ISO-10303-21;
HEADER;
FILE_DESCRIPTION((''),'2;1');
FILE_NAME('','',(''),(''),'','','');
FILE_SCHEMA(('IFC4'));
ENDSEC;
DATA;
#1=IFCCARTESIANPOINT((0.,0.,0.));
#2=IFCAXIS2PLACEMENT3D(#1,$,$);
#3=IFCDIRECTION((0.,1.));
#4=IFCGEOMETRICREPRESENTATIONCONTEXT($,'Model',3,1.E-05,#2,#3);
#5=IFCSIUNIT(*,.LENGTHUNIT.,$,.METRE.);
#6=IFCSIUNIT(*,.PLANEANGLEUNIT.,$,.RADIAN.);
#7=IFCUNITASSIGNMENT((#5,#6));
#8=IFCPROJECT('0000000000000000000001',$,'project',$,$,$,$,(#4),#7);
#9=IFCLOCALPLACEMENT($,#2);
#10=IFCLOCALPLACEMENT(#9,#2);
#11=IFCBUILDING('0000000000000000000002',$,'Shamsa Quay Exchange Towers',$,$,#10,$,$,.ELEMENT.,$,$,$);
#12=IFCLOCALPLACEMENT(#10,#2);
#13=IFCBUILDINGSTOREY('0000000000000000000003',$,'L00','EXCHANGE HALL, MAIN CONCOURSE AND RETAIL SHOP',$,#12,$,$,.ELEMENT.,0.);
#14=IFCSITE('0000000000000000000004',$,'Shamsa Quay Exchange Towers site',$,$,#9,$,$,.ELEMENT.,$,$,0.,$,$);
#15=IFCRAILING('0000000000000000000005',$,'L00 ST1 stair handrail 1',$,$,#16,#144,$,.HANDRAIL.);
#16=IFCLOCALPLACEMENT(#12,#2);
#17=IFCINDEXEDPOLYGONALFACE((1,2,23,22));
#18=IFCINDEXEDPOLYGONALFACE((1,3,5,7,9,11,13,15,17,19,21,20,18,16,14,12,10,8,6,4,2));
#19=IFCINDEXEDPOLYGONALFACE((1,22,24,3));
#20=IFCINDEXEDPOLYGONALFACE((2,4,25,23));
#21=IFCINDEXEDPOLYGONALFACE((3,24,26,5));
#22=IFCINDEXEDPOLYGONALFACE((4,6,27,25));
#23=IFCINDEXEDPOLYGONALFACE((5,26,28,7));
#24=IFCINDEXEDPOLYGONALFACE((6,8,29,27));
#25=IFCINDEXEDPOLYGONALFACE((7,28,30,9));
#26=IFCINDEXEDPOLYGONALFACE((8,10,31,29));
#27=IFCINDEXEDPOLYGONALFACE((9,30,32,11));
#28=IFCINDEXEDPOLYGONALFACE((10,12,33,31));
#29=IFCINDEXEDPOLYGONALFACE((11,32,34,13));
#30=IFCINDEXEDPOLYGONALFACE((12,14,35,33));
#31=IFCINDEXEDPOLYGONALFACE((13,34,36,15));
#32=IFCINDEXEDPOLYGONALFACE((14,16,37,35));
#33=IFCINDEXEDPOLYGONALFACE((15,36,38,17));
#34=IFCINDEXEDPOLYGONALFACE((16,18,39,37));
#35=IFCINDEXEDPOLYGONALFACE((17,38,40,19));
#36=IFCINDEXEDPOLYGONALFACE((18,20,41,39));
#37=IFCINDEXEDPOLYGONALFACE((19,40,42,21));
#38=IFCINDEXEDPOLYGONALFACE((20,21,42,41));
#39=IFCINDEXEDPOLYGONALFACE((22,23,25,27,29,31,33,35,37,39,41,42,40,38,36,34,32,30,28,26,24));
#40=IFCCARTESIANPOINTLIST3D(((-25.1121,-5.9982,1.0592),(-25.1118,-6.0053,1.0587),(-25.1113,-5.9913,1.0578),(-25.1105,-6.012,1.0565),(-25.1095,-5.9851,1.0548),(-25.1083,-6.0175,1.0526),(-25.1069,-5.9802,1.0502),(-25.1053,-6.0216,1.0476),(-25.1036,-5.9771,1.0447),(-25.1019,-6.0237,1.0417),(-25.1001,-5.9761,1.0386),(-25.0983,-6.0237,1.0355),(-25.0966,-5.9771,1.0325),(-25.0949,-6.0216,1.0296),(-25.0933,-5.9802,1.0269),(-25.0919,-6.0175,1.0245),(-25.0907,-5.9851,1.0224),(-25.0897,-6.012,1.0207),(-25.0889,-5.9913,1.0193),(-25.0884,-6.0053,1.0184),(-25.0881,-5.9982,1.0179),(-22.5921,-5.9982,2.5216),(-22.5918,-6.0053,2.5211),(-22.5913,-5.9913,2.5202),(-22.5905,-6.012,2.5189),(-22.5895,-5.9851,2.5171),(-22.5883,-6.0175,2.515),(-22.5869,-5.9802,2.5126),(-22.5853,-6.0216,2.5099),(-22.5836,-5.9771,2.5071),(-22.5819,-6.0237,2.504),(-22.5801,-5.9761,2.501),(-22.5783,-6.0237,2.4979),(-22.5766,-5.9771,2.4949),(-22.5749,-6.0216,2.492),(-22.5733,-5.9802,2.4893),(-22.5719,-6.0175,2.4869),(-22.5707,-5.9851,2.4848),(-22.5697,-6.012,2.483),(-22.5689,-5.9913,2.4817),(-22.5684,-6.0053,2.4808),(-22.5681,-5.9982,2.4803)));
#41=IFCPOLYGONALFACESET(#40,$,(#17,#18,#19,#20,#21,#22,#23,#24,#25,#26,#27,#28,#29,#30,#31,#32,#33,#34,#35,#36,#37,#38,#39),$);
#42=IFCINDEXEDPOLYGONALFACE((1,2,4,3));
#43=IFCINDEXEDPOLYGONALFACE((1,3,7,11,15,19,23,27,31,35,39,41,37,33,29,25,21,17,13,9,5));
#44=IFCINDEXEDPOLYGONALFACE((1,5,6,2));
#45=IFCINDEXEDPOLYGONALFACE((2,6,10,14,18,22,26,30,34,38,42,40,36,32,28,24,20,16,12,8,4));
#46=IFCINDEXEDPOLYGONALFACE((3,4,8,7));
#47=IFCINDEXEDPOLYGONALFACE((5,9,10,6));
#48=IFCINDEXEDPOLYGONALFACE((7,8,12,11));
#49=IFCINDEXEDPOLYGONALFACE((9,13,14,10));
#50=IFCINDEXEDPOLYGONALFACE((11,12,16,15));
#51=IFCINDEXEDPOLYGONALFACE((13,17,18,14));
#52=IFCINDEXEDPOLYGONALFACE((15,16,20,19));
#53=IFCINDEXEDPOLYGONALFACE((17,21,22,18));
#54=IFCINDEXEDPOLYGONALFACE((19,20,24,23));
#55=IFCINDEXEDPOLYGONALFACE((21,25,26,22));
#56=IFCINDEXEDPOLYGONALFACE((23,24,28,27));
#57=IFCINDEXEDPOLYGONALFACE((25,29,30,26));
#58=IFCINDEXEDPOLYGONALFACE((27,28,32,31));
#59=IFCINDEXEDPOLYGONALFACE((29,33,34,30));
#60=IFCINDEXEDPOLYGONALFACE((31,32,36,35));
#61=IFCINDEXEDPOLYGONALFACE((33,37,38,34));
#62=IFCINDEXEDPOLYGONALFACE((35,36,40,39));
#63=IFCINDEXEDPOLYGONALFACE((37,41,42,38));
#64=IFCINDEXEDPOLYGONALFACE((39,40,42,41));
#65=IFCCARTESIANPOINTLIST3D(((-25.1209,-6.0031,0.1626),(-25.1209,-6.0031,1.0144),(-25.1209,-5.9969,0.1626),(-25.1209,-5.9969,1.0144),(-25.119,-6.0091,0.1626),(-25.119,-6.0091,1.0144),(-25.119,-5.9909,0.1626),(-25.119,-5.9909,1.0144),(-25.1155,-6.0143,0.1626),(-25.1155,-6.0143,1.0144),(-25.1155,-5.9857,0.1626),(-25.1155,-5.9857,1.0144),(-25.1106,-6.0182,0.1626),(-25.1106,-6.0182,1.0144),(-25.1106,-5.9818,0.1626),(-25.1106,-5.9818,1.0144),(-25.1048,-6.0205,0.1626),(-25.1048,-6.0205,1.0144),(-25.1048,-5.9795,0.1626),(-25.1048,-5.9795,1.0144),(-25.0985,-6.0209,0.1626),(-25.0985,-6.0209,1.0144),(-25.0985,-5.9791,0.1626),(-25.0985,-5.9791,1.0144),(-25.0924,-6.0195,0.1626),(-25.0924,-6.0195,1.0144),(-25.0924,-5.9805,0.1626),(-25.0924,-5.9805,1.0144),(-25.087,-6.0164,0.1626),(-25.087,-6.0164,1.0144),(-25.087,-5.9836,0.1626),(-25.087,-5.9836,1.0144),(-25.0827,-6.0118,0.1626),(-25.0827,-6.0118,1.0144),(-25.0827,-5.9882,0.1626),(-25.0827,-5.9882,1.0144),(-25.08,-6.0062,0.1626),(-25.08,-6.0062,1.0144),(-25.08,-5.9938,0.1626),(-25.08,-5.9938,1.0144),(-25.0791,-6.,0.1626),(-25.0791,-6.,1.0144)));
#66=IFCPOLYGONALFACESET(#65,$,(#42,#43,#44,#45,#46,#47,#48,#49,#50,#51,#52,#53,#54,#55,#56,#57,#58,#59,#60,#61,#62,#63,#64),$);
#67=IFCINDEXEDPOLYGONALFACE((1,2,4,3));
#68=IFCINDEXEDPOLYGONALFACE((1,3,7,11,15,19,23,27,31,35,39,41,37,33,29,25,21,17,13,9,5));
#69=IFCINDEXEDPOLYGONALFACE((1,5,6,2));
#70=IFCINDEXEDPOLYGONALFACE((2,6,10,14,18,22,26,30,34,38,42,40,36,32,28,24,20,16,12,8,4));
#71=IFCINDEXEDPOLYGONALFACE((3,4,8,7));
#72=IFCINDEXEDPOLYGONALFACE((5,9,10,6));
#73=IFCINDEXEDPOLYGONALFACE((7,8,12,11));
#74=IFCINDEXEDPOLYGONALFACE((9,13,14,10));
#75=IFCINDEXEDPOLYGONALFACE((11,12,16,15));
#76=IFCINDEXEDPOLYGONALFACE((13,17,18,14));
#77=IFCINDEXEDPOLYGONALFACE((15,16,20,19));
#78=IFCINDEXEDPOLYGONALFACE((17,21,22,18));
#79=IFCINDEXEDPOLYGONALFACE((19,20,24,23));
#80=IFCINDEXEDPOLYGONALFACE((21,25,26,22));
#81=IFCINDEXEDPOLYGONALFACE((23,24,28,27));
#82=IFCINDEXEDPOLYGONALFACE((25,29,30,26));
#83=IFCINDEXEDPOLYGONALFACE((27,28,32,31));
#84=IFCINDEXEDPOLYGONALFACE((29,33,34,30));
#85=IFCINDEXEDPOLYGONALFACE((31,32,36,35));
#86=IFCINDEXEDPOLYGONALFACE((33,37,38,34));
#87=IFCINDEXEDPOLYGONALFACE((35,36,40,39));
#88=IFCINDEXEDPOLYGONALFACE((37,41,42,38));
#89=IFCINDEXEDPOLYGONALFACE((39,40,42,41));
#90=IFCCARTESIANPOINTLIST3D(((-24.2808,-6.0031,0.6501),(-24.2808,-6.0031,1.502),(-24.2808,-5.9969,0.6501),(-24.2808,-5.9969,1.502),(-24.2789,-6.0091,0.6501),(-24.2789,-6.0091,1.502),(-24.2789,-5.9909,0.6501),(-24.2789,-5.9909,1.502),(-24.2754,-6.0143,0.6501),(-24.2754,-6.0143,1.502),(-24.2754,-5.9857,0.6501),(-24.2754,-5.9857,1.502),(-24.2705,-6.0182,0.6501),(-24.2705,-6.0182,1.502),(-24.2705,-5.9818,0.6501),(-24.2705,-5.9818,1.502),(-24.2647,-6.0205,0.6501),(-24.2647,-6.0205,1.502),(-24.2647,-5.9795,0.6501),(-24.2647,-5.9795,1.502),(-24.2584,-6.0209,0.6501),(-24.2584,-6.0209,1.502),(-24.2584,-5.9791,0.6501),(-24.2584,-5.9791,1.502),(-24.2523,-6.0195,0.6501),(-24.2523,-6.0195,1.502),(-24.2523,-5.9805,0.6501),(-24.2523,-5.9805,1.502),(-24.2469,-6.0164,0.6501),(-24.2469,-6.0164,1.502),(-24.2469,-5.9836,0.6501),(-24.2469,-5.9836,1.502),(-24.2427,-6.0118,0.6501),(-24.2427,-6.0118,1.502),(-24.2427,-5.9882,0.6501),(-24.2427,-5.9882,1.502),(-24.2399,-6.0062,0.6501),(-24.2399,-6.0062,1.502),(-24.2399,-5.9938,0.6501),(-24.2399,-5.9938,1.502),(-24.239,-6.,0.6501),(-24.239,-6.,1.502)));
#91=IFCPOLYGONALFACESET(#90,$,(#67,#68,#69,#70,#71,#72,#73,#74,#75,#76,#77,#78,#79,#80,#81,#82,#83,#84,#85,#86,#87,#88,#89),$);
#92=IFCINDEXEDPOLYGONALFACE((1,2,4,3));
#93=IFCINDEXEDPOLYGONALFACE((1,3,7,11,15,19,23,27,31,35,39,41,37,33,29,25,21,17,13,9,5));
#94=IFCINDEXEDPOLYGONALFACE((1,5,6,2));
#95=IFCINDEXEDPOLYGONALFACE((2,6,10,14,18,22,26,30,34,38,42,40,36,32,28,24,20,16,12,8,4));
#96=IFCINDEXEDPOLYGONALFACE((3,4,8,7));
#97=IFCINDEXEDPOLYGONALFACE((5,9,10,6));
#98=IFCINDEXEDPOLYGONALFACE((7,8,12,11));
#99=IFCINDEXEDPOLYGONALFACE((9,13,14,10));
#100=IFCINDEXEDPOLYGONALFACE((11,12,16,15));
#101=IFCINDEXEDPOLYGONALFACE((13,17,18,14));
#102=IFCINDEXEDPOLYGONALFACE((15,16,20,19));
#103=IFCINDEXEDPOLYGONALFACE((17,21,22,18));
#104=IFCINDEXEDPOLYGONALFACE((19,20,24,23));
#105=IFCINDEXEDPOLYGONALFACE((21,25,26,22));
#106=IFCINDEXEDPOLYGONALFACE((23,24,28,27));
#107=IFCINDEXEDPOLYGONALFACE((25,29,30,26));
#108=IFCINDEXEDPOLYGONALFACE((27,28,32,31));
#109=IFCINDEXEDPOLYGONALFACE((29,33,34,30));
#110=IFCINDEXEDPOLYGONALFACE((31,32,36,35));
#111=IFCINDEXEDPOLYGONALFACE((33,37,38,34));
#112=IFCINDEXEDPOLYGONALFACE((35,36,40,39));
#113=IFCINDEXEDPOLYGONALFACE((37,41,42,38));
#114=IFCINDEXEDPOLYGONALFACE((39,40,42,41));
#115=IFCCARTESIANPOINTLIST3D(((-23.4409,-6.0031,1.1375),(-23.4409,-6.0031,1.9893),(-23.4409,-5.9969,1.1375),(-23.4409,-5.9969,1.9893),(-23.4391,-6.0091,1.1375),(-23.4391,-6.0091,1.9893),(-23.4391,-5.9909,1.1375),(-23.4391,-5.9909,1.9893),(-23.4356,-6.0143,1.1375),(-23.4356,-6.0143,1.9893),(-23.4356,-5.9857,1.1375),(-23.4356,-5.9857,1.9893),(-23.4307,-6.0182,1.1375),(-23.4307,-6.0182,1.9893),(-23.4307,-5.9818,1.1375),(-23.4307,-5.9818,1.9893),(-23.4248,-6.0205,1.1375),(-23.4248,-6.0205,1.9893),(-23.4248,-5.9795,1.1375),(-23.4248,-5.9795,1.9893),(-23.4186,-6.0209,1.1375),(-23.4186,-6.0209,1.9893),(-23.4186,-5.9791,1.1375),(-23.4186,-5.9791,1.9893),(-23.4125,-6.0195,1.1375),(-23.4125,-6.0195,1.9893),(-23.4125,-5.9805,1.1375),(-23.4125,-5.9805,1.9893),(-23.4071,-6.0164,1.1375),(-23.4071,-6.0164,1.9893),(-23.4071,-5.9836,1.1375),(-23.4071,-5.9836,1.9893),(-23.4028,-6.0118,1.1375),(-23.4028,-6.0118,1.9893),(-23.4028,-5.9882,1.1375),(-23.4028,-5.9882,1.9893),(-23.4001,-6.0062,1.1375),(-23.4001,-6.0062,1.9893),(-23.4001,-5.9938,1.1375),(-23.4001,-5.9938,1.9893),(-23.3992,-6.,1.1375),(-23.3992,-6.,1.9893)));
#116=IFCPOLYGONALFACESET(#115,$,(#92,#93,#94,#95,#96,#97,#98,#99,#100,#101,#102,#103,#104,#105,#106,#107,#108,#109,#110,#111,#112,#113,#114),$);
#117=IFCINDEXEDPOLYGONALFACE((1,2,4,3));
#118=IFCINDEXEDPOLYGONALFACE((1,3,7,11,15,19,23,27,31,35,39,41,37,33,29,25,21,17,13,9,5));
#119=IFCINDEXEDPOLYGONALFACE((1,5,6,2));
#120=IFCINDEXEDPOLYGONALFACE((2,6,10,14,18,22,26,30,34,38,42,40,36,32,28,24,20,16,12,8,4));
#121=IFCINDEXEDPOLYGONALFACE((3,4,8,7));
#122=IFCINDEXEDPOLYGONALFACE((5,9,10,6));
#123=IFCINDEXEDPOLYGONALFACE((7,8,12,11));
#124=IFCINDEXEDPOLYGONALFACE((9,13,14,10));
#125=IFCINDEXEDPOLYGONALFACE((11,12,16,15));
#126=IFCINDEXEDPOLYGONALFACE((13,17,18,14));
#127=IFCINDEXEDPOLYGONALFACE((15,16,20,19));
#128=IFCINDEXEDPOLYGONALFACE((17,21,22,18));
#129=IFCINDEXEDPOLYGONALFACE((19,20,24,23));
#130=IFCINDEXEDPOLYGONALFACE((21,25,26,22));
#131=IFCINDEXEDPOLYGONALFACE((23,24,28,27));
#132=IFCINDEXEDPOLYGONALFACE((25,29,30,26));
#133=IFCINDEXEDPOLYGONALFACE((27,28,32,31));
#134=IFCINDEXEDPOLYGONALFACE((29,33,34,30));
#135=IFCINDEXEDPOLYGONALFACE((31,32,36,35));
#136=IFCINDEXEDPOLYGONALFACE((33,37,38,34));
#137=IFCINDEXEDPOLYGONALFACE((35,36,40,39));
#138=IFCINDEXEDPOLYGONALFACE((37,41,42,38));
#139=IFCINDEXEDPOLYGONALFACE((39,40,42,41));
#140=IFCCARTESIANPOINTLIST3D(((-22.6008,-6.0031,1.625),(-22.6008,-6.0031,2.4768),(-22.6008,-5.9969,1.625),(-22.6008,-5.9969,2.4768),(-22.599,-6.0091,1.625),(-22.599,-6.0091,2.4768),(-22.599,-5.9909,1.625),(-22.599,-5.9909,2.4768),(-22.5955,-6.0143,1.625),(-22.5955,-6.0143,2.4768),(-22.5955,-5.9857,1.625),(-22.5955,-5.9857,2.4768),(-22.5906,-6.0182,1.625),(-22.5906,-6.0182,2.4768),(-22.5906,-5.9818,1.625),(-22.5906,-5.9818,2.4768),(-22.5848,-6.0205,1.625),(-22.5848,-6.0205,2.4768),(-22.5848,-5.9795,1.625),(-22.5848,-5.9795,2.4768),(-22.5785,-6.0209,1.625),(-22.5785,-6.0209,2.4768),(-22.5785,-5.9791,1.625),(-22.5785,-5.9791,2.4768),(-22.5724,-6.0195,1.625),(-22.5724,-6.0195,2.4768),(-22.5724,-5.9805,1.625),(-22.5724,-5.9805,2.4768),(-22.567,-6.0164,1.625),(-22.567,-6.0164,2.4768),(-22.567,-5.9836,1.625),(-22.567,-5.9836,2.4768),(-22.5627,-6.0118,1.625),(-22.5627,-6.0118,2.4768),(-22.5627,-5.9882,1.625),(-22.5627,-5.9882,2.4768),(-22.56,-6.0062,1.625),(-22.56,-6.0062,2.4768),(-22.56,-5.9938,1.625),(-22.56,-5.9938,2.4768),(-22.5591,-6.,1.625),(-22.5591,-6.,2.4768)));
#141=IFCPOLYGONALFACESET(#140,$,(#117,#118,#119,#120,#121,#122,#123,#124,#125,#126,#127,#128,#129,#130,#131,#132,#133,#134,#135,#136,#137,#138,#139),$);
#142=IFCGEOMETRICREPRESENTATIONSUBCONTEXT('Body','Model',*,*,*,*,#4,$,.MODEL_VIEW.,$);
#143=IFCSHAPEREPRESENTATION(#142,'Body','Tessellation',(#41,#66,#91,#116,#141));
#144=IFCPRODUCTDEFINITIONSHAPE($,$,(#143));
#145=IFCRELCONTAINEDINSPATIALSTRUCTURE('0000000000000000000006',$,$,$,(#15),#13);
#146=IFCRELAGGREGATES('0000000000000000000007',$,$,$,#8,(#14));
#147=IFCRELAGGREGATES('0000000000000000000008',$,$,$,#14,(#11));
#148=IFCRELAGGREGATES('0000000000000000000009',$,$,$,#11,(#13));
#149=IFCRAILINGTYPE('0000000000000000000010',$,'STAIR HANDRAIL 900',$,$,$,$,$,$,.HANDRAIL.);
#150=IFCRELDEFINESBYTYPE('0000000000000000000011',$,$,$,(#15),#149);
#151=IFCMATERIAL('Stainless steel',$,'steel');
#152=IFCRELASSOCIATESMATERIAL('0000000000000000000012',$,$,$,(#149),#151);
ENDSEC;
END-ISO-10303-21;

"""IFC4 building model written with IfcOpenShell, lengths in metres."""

from ifc_helpers import new_model, si_unit, direction, frame, origin, origin_2d, place, context, subcontext, project, spatial, circle, extrude, material, type_object, element, save


model = new_model("IFC4")

# Units and contexts
model_context = context("Model", 3, precision=1e-05, world=origin(), true_north=direction((0.0, 1.0)))
body_context = subcontext(model_context, "Body", "Model", "MODEL_VIEW")
ifc_project = project(units=[si_unit("LENGTHUNIT", "METRE"), si_unit("PLANEANGLEUNIT", "RADIAN")], contexts=[model_context])

# Site, building, storey
site_placement = place(None, origin())
site = spatial("IfcSite", under=ifc_project, at=site_placement, Name="Shamsa Quay Exchange Towers site", CompositionType="ELEMENT", RefElevation=0.0)
building_placement = place(site_placement, origin())
building = spatial("IfcBuilding", under=site, at=building_placement, Name="Shamsa Quay Exchange Towers", CompositionType="ELEMENT")
storey_placement = place(building_placement, origin())
storey = spatial("IfcBuildingStorey", under=building, at=storey_placement, Name="L00", Description="EXCHANGE HALL, MAIN CONCOURSE AND RETAIL SHOP", CompositionType="ELEMENT", Elevation=0.0)

# Railing
ifc_material_1 = material(Name="Stainless steel", Category="steel")
railing_type_1 = type_object("IfcRailingType", Name="STAIR HANDRAIL 900", PredefinedType="HANDRAIL", material=ifc_material_1)
for number, where, name in (
    (1, (-25.1001, -6.0, 0.1626), "L00 ST1 stair handrail 1"),
):
    element("IfcRailing", number, at=place(storey_placement, frame(where)), inside=storey, type_object=railing_type_1, Name=name, PredefinedType="HANDRAIL", context=body_context, shape_type="SweptSolid", body=[
        extrude(circle(Radius=0.0239, at=origin_2d()), frame((0.0, 0.0, 0.876), z_axis=(0.864913, 0.0, 0.501921), x_axis=(0.0, 1.0, 0.0)), (0.0, 0.0, 1.0), 2.9136),
        extrude(circle(Radius=0.021, at=origin_2d()), origin(), (0.0, 0.0, 1.0), 0.8518),
        extrude(circle(Radius=0.021, at=origin_2d()), frame((0.8401, 0.0, 0.4875)), (0.0, 0.0, 1.0), 0.8518),
        extrude(circle(Radius=0.021, at=origin_2d()), frame((1.6799, 0.0, 0.9749)), (0.0, 0.0, 1.0), 0.8518),
        extrude(circle(Radius=0.021, at=origin_2d()), frame((2.52, 0.0, 1.4624)), (0.0, 0.0, 1.0), 0.8518),
    ])

save(model, "model.ifc")
